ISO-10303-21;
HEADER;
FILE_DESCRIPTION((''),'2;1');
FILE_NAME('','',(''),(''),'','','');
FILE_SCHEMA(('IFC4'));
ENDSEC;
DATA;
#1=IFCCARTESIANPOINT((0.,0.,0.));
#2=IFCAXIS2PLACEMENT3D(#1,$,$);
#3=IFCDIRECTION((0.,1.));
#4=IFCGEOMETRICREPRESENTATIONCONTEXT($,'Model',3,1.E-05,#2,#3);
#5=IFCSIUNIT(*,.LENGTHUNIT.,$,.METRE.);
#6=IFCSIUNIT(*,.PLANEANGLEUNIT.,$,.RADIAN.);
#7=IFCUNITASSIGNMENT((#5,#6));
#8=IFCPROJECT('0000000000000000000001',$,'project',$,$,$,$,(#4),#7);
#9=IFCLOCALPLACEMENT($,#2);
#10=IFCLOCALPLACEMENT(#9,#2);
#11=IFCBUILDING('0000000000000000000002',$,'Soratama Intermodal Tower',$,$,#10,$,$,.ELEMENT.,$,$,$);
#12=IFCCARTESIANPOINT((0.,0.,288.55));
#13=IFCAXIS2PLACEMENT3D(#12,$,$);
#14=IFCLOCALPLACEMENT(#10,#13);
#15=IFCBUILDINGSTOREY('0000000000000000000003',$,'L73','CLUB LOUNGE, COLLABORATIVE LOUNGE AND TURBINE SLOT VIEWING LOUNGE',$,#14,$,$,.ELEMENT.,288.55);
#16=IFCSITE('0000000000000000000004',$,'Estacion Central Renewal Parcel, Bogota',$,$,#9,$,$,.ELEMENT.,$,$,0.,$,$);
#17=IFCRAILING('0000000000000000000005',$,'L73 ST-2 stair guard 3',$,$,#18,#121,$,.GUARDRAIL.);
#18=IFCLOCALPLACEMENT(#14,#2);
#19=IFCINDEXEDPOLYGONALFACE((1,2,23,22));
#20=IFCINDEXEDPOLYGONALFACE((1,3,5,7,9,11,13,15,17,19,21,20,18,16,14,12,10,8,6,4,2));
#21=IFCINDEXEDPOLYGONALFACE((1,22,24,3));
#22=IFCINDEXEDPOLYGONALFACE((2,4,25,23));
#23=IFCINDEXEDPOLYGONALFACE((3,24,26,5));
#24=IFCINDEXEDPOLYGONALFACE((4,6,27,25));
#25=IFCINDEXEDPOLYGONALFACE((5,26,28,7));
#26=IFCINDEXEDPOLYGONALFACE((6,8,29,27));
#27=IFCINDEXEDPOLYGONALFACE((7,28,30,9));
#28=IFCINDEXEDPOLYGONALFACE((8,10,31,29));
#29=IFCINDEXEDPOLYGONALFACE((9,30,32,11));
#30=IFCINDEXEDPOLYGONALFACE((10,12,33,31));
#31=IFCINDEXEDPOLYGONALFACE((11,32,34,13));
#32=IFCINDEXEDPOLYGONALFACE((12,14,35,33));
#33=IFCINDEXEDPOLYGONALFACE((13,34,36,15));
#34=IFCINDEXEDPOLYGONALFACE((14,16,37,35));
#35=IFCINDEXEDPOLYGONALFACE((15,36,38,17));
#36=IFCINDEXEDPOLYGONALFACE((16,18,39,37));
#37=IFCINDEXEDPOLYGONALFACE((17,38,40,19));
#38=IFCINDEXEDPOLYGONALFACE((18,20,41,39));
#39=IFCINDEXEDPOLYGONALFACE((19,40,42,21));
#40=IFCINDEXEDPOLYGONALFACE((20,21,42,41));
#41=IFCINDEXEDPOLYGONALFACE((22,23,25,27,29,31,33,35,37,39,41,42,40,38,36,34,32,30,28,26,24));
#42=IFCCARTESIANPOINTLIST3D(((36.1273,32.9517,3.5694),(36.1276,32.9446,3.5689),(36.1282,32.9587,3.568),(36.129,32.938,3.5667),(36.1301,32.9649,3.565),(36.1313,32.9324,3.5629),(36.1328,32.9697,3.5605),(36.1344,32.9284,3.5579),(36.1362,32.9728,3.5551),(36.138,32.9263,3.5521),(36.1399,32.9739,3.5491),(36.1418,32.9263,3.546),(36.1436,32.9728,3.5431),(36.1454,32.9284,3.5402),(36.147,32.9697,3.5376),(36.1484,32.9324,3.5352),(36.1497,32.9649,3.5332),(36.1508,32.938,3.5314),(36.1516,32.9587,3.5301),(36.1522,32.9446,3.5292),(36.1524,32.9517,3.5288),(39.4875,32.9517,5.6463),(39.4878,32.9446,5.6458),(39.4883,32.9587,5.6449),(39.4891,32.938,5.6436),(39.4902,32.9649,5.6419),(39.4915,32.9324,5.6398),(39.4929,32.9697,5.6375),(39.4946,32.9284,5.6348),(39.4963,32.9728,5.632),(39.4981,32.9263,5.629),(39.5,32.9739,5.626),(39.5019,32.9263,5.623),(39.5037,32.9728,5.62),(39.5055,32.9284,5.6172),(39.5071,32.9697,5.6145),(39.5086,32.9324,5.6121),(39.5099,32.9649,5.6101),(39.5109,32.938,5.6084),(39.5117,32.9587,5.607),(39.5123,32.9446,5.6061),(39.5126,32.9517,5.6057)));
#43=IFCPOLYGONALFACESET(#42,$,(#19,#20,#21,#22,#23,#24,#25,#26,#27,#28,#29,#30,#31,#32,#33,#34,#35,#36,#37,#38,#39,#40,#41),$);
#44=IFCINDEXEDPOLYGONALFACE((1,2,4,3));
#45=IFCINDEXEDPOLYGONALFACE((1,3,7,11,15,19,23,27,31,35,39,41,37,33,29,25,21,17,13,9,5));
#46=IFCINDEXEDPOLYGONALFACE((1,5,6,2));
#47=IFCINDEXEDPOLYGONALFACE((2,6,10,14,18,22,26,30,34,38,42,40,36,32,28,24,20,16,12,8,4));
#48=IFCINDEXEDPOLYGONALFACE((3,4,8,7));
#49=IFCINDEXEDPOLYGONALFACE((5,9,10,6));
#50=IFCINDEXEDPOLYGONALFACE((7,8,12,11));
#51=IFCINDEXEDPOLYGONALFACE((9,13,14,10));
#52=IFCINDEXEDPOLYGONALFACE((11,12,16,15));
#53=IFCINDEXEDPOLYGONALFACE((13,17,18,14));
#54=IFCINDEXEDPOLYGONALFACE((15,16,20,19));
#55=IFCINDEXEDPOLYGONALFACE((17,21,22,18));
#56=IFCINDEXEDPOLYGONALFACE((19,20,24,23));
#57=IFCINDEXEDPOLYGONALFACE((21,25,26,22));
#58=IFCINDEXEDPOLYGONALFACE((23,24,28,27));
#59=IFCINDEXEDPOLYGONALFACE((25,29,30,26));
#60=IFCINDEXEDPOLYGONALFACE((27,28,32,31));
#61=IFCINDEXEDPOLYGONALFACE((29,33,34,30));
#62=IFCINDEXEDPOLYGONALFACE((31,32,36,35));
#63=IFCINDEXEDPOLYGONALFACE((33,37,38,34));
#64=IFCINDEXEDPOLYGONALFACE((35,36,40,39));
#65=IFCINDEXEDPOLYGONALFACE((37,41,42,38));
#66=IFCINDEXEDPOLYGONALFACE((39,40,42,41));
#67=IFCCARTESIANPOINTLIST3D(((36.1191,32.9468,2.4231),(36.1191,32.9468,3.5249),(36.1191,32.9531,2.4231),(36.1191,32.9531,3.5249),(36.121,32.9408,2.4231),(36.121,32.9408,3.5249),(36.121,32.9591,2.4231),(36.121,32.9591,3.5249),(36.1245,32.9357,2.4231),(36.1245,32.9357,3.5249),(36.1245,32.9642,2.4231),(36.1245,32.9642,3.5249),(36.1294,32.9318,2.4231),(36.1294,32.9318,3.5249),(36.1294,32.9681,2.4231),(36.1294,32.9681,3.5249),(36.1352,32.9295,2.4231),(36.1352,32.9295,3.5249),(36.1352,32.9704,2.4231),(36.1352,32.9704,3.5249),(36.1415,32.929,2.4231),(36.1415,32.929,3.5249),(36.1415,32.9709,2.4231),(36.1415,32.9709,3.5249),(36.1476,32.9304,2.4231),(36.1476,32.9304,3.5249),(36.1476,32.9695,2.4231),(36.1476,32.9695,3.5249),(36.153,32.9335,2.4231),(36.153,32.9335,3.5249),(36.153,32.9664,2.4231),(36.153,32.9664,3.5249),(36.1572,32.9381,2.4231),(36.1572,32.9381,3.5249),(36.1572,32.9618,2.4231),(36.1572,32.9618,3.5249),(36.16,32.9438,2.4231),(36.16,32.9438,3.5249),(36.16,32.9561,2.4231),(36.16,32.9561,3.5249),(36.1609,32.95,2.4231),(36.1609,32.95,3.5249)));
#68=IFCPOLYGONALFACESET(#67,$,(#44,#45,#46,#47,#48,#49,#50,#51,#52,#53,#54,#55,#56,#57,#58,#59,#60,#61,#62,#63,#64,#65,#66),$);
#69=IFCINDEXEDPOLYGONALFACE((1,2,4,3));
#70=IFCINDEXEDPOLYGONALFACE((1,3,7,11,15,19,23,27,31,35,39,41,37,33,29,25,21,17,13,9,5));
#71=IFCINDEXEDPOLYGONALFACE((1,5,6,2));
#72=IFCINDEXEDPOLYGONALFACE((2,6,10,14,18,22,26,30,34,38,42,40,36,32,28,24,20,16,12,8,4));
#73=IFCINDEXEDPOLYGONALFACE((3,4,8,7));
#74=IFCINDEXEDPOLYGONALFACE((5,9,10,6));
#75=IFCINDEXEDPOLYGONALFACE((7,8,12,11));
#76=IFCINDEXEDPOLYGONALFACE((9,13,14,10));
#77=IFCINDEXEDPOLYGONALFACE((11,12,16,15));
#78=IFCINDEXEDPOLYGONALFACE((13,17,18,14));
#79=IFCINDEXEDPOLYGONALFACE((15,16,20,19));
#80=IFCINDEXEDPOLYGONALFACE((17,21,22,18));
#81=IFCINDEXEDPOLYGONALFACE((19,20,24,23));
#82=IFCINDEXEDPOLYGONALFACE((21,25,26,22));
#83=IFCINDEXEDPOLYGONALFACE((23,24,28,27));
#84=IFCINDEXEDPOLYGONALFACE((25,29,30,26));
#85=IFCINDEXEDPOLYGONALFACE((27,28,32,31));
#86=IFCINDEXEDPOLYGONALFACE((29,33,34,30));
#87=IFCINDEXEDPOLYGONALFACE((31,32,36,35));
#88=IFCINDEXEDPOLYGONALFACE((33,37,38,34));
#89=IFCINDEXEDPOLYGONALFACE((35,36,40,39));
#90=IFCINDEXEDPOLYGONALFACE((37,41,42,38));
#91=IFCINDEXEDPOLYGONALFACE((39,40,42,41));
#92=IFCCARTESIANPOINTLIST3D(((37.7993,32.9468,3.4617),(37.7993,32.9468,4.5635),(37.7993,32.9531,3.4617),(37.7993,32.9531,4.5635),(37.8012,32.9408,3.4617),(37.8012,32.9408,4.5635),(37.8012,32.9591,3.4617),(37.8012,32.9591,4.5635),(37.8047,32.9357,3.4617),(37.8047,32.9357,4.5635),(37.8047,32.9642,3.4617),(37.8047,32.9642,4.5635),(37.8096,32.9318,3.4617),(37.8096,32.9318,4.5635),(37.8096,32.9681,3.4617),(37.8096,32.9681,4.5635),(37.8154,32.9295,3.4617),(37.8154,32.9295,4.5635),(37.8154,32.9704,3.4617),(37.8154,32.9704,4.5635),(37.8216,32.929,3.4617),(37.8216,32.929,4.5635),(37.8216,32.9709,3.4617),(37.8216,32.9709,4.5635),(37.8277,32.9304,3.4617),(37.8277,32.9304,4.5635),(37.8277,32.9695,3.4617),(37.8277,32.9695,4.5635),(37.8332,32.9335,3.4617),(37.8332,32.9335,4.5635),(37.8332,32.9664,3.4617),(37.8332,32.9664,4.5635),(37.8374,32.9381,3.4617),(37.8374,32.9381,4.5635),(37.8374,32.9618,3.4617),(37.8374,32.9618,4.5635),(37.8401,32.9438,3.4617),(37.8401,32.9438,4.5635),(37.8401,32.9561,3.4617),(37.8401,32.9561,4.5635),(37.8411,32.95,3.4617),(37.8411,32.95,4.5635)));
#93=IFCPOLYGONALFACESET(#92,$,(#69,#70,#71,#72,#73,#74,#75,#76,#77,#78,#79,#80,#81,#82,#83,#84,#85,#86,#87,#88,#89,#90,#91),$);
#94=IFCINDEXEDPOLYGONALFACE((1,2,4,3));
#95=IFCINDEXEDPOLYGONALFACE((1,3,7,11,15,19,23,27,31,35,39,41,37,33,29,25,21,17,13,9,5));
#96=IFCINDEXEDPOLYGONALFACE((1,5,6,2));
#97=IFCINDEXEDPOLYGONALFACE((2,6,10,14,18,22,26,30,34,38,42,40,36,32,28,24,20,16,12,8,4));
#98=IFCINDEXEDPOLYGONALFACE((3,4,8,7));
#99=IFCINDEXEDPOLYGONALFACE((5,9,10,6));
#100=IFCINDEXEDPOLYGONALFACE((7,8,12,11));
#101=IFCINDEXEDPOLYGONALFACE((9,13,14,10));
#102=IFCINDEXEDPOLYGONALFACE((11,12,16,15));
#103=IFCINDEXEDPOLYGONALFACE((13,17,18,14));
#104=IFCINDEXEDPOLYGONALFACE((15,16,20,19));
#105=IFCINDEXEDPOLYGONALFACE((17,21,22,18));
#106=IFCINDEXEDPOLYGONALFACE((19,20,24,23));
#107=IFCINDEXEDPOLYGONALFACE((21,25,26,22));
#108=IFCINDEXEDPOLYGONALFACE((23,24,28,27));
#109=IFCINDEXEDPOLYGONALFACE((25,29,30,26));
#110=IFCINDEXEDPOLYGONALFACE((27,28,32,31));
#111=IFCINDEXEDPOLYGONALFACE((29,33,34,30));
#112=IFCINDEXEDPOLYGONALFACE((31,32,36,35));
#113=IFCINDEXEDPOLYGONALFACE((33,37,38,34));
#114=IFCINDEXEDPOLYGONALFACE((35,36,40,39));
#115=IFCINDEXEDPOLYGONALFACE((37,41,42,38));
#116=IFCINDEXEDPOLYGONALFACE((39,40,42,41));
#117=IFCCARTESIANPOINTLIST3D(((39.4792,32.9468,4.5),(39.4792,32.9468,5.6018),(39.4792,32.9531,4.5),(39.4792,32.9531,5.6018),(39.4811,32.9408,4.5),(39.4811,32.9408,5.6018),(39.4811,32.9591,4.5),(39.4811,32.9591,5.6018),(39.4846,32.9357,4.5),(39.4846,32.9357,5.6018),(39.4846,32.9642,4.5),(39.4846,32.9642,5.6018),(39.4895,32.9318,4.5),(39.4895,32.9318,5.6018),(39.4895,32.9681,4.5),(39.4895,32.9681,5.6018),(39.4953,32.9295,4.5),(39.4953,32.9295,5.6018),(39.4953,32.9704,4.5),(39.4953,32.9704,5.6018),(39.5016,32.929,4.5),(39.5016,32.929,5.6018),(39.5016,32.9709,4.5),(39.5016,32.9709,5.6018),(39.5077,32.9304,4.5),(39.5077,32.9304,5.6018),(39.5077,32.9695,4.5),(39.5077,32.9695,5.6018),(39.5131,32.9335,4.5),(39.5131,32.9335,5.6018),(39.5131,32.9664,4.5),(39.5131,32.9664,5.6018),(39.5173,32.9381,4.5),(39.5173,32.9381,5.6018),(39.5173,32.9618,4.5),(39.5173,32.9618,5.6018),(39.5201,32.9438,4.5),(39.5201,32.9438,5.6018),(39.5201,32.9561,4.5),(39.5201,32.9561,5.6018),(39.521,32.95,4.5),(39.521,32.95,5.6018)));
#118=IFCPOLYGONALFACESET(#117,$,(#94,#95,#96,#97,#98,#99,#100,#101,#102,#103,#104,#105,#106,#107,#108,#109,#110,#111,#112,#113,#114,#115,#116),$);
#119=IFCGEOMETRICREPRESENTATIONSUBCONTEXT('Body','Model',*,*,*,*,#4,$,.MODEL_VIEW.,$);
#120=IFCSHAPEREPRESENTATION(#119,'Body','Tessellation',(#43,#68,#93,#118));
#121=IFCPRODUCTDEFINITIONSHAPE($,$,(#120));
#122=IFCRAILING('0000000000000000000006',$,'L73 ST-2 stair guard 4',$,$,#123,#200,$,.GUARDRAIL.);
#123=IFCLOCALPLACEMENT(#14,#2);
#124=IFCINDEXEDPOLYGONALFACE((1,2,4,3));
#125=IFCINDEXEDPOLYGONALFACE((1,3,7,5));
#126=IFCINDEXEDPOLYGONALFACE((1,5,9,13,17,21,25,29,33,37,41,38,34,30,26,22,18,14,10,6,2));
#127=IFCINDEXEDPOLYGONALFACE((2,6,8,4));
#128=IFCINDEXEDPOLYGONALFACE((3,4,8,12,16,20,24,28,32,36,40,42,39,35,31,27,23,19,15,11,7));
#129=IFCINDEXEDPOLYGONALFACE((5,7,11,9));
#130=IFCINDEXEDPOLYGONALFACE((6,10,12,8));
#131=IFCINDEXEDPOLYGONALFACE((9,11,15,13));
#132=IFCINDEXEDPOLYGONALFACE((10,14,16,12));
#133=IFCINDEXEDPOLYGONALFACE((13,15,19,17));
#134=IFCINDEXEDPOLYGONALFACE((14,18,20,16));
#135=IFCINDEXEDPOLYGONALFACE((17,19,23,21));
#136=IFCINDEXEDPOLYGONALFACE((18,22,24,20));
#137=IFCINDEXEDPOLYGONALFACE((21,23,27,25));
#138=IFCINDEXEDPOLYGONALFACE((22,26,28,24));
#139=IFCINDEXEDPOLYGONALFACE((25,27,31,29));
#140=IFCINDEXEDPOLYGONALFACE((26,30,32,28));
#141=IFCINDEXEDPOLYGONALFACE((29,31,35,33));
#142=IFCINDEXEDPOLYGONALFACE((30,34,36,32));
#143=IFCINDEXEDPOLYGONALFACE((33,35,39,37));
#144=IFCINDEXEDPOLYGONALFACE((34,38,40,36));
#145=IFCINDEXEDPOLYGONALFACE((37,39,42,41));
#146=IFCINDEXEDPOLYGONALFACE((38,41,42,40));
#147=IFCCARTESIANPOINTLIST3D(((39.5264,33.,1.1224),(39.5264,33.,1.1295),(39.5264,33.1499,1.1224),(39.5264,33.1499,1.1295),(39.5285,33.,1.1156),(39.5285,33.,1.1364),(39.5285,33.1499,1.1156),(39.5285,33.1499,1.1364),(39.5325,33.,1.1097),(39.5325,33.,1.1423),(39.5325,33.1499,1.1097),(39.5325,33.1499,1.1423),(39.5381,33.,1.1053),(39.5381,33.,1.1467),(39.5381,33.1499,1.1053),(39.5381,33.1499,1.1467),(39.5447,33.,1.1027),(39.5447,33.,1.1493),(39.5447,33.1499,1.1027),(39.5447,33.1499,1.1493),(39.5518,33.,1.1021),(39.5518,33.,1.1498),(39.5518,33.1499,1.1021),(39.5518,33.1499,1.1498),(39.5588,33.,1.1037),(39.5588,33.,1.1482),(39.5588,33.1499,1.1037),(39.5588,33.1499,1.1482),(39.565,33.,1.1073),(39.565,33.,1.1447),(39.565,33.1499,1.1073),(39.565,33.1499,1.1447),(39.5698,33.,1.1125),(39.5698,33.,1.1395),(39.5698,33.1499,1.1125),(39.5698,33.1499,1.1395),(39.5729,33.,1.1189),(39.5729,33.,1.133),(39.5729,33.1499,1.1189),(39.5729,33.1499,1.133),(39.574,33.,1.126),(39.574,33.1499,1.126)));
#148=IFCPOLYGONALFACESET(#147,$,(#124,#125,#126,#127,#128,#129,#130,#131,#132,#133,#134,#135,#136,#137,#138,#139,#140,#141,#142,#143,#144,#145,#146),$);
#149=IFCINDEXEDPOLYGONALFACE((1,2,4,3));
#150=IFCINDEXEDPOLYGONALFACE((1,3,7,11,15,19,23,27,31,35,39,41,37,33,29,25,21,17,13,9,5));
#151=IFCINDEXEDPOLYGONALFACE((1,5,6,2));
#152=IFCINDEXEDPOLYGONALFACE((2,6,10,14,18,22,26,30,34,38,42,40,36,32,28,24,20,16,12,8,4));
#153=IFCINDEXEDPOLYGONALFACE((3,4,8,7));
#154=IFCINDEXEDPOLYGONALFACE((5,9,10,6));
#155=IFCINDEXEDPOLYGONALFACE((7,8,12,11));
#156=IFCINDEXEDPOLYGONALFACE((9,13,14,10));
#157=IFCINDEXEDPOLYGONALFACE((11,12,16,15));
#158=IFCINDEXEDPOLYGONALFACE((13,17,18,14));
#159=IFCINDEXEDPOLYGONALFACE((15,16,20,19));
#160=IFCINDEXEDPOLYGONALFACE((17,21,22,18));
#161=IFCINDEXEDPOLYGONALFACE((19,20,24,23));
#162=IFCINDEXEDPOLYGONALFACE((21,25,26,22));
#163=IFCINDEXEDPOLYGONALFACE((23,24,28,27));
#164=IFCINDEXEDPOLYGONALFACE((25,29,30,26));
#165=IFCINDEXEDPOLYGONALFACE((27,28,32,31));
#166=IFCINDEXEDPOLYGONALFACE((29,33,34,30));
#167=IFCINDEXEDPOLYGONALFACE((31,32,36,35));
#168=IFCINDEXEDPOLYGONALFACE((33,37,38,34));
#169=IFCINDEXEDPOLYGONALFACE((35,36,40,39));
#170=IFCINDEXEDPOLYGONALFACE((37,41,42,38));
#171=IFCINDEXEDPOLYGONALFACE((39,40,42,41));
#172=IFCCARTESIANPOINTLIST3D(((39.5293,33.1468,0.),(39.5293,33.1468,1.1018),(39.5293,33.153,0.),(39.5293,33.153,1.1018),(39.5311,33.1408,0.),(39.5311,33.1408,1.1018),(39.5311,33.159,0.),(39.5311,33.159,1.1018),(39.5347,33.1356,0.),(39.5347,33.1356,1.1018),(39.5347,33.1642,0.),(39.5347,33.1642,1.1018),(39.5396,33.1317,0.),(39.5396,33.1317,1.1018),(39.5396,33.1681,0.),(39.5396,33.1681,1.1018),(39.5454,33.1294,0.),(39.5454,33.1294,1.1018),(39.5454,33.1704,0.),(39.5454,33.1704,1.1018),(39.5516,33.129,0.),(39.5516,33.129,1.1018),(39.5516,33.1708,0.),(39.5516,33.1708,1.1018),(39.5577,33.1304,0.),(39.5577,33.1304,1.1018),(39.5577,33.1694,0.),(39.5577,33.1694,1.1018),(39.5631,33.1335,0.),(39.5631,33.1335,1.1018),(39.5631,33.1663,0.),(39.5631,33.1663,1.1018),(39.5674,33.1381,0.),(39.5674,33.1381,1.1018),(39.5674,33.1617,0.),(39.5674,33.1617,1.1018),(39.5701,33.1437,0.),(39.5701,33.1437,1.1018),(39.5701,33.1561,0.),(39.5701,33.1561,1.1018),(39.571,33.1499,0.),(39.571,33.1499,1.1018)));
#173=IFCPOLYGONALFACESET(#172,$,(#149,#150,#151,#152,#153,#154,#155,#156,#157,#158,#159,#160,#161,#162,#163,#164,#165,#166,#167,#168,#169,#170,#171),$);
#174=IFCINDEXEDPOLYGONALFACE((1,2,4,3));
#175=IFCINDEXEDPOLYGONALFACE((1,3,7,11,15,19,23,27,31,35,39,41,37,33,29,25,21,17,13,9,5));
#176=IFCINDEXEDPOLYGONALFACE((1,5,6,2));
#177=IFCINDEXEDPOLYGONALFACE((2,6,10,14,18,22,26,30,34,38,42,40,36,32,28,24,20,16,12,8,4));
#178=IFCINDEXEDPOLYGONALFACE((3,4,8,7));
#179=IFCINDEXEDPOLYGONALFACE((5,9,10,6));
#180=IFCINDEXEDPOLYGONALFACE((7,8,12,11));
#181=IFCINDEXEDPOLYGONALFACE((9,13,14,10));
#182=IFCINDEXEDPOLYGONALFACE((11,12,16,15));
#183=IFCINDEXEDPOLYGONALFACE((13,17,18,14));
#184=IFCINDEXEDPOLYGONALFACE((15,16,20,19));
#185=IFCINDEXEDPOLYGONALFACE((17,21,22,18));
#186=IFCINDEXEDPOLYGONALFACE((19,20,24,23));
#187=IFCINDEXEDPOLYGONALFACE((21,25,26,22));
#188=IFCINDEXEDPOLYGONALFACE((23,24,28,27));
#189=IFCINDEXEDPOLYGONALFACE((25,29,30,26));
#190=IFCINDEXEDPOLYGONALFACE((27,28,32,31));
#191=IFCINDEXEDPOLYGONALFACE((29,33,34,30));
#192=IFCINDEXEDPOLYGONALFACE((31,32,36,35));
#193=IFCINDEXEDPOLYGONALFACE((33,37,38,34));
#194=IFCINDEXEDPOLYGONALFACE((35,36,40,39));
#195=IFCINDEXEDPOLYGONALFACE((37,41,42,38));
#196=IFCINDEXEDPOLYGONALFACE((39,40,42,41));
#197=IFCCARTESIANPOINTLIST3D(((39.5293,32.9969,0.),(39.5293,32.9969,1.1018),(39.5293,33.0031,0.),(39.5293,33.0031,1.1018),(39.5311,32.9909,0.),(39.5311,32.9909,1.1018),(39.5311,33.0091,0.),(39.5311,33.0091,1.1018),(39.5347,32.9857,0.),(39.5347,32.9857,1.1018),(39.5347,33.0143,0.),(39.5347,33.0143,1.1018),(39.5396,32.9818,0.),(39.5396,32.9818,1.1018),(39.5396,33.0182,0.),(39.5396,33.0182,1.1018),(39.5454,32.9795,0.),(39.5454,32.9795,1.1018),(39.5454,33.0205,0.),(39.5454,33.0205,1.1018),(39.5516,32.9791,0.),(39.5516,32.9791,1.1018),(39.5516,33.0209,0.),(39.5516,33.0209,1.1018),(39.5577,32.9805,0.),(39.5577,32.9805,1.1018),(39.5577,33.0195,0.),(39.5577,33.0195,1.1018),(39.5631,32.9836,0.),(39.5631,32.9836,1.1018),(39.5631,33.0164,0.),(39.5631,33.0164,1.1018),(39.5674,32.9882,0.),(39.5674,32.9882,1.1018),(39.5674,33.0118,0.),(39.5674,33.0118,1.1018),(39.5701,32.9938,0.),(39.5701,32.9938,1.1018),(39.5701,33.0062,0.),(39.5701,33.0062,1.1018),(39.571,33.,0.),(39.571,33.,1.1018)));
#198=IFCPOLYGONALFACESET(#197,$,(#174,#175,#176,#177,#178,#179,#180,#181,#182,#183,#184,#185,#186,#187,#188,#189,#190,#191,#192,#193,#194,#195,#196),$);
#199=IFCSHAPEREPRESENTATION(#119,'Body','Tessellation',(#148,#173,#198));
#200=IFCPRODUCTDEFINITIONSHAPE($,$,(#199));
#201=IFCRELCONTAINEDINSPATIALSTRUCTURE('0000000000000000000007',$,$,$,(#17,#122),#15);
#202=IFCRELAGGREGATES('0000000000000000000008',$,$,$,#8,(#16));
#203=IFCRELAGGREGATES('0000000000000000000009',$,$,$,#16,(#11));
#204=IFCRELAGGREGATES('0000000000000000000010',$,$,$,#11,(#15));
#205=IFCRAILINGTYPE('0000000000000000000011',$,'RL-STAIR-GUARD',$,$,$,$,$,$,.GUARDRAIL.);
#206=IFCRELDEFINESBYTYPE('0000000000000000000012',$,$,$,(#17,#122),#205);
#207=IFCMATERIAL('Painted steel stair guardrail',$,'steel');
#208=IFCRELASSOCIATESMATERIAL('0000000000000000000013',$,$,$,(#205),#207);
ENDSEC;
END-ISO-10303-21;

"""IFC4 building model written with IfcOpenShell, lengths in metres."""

from ifc_helpers import new_model, si_unit, direction, frame, origin, origin_2d, place, context, subcontext, project, spatial, circle, extrude, material, type_object, element, save


model = new_model("IFC4")

# Units and contexts
model_context = context("Model", 3, precision=1e-05, world=origin(), true_north=direction((0.0, 1.0)))
body_context = subcontext(model_context, "Body", "Model", "MODEL_VIEW")
ifc_project = project(units=[si_unit("LENGTHUNIT", "METRE"), si_unit("PLANEANGLEUNIT", "RADIAN")], contexts=[model_context])

# Site, building, storey
site_placement = place(None, origin())
site = spatial("IfcSite", under=ifc_project, at=site_placement, Name="Estacion Central Renewal Parcel, Bogota", CompositionType="ELEMENT", RefElevation=0.0)
building_placement = place(site_placement, origin())
building = spatial("IfcBuilding", under=site, at=building_placement, Name="Soratama Intermodal Tower", CompositionType="ELEMENT")
storey_placement = place(building_placement, frame((0.0, 0.0, 288.55)))
storey = spatial("IfcBuildingStorey", under=building, at=storey_placement, Name="L73", Description="CLUB LOUNGE, COLLABORATIVE LOUNGE AND TURBINE SLOT VIEWING LOUNGE", CompositionType="ELEMENT", Elevation=288.55)

# Railings
ifc_material_1 = material(Name="Painted steel stair guardrail", Category="steel")
railing_type_1 = type_object("IfcRailingType", Name="RL-STAIR-GUARD", PredefinedType="GUARDRAIL", material=ifc_material_1)
railing_1_placement = place(storey_placement, frame((36.1399, 32.95, 2.4231)))
element("IfcRailing", 1, at=railing_1_placement, inside=storey, type_object=railing_type_1, Name="L73 ST-2 stair guard 3", PredefinedType="GUARDRAIL", context=body_context, shape_type="SweptSolid", body=[
    extrude(circle(Radius=0.0239, at=origin_2d()), frame((0.0, 0.0, 1.126), z_axis=(0.850623, 0.0, 0.525776), x_axis=(0.0, 1.0, 0.0)), (0.0, 0.0, 1.0), 3.9502),
    extrude(circle(Radius=0.021, at=origin_2d()), origin(), (0.0, 0.0, 1.0), 1.1018),
    extrude(circle(Radius=0.021, at=origin_2d()), frame((1.6802, 0.0, 1.0386)), (0.0, 0.0, 1.0), 1.1018),
    extrude(circle(Radius=0.021, at=origin_2d()), frame((3.3601, 0.0, 2.0769)), (0.0, 0.0, 1.0), 1.1018),
])
railing_2_placement = place(storey_placement, frame((39.55, 33.1499, 0.0)))
element("IfcRailing", 2, at=railing_2_placement, inside=storey, type_object=railing_type_1, Name="L73 ST-2 stair guard 4", PredefinedType="GUARDRAIL", context=body_context, shape_type="SweptSolid", body=[
    extrude(circle(Radius=0.0239, at=origin_2d()), frame((0.0, 0.0, 1.126), z_axis=(0.0, -1.0, 0.0), x_axis=(1.0, 0.0, 0.0)), (0.0, 0.0, 1.0), 0.1499),
    extrude(circle(Radius=0.021, at=origin_2d()), origin(), (0.0, 0.0, 1.0), 1.1018),
    extrude(circle(Radius=0.021, at=origin_2d()), frame((0.0, -0.1499, 0.0)), (0.0, 0.0, 1.0), 1.1018),
])

save(model, "model.ifc")
